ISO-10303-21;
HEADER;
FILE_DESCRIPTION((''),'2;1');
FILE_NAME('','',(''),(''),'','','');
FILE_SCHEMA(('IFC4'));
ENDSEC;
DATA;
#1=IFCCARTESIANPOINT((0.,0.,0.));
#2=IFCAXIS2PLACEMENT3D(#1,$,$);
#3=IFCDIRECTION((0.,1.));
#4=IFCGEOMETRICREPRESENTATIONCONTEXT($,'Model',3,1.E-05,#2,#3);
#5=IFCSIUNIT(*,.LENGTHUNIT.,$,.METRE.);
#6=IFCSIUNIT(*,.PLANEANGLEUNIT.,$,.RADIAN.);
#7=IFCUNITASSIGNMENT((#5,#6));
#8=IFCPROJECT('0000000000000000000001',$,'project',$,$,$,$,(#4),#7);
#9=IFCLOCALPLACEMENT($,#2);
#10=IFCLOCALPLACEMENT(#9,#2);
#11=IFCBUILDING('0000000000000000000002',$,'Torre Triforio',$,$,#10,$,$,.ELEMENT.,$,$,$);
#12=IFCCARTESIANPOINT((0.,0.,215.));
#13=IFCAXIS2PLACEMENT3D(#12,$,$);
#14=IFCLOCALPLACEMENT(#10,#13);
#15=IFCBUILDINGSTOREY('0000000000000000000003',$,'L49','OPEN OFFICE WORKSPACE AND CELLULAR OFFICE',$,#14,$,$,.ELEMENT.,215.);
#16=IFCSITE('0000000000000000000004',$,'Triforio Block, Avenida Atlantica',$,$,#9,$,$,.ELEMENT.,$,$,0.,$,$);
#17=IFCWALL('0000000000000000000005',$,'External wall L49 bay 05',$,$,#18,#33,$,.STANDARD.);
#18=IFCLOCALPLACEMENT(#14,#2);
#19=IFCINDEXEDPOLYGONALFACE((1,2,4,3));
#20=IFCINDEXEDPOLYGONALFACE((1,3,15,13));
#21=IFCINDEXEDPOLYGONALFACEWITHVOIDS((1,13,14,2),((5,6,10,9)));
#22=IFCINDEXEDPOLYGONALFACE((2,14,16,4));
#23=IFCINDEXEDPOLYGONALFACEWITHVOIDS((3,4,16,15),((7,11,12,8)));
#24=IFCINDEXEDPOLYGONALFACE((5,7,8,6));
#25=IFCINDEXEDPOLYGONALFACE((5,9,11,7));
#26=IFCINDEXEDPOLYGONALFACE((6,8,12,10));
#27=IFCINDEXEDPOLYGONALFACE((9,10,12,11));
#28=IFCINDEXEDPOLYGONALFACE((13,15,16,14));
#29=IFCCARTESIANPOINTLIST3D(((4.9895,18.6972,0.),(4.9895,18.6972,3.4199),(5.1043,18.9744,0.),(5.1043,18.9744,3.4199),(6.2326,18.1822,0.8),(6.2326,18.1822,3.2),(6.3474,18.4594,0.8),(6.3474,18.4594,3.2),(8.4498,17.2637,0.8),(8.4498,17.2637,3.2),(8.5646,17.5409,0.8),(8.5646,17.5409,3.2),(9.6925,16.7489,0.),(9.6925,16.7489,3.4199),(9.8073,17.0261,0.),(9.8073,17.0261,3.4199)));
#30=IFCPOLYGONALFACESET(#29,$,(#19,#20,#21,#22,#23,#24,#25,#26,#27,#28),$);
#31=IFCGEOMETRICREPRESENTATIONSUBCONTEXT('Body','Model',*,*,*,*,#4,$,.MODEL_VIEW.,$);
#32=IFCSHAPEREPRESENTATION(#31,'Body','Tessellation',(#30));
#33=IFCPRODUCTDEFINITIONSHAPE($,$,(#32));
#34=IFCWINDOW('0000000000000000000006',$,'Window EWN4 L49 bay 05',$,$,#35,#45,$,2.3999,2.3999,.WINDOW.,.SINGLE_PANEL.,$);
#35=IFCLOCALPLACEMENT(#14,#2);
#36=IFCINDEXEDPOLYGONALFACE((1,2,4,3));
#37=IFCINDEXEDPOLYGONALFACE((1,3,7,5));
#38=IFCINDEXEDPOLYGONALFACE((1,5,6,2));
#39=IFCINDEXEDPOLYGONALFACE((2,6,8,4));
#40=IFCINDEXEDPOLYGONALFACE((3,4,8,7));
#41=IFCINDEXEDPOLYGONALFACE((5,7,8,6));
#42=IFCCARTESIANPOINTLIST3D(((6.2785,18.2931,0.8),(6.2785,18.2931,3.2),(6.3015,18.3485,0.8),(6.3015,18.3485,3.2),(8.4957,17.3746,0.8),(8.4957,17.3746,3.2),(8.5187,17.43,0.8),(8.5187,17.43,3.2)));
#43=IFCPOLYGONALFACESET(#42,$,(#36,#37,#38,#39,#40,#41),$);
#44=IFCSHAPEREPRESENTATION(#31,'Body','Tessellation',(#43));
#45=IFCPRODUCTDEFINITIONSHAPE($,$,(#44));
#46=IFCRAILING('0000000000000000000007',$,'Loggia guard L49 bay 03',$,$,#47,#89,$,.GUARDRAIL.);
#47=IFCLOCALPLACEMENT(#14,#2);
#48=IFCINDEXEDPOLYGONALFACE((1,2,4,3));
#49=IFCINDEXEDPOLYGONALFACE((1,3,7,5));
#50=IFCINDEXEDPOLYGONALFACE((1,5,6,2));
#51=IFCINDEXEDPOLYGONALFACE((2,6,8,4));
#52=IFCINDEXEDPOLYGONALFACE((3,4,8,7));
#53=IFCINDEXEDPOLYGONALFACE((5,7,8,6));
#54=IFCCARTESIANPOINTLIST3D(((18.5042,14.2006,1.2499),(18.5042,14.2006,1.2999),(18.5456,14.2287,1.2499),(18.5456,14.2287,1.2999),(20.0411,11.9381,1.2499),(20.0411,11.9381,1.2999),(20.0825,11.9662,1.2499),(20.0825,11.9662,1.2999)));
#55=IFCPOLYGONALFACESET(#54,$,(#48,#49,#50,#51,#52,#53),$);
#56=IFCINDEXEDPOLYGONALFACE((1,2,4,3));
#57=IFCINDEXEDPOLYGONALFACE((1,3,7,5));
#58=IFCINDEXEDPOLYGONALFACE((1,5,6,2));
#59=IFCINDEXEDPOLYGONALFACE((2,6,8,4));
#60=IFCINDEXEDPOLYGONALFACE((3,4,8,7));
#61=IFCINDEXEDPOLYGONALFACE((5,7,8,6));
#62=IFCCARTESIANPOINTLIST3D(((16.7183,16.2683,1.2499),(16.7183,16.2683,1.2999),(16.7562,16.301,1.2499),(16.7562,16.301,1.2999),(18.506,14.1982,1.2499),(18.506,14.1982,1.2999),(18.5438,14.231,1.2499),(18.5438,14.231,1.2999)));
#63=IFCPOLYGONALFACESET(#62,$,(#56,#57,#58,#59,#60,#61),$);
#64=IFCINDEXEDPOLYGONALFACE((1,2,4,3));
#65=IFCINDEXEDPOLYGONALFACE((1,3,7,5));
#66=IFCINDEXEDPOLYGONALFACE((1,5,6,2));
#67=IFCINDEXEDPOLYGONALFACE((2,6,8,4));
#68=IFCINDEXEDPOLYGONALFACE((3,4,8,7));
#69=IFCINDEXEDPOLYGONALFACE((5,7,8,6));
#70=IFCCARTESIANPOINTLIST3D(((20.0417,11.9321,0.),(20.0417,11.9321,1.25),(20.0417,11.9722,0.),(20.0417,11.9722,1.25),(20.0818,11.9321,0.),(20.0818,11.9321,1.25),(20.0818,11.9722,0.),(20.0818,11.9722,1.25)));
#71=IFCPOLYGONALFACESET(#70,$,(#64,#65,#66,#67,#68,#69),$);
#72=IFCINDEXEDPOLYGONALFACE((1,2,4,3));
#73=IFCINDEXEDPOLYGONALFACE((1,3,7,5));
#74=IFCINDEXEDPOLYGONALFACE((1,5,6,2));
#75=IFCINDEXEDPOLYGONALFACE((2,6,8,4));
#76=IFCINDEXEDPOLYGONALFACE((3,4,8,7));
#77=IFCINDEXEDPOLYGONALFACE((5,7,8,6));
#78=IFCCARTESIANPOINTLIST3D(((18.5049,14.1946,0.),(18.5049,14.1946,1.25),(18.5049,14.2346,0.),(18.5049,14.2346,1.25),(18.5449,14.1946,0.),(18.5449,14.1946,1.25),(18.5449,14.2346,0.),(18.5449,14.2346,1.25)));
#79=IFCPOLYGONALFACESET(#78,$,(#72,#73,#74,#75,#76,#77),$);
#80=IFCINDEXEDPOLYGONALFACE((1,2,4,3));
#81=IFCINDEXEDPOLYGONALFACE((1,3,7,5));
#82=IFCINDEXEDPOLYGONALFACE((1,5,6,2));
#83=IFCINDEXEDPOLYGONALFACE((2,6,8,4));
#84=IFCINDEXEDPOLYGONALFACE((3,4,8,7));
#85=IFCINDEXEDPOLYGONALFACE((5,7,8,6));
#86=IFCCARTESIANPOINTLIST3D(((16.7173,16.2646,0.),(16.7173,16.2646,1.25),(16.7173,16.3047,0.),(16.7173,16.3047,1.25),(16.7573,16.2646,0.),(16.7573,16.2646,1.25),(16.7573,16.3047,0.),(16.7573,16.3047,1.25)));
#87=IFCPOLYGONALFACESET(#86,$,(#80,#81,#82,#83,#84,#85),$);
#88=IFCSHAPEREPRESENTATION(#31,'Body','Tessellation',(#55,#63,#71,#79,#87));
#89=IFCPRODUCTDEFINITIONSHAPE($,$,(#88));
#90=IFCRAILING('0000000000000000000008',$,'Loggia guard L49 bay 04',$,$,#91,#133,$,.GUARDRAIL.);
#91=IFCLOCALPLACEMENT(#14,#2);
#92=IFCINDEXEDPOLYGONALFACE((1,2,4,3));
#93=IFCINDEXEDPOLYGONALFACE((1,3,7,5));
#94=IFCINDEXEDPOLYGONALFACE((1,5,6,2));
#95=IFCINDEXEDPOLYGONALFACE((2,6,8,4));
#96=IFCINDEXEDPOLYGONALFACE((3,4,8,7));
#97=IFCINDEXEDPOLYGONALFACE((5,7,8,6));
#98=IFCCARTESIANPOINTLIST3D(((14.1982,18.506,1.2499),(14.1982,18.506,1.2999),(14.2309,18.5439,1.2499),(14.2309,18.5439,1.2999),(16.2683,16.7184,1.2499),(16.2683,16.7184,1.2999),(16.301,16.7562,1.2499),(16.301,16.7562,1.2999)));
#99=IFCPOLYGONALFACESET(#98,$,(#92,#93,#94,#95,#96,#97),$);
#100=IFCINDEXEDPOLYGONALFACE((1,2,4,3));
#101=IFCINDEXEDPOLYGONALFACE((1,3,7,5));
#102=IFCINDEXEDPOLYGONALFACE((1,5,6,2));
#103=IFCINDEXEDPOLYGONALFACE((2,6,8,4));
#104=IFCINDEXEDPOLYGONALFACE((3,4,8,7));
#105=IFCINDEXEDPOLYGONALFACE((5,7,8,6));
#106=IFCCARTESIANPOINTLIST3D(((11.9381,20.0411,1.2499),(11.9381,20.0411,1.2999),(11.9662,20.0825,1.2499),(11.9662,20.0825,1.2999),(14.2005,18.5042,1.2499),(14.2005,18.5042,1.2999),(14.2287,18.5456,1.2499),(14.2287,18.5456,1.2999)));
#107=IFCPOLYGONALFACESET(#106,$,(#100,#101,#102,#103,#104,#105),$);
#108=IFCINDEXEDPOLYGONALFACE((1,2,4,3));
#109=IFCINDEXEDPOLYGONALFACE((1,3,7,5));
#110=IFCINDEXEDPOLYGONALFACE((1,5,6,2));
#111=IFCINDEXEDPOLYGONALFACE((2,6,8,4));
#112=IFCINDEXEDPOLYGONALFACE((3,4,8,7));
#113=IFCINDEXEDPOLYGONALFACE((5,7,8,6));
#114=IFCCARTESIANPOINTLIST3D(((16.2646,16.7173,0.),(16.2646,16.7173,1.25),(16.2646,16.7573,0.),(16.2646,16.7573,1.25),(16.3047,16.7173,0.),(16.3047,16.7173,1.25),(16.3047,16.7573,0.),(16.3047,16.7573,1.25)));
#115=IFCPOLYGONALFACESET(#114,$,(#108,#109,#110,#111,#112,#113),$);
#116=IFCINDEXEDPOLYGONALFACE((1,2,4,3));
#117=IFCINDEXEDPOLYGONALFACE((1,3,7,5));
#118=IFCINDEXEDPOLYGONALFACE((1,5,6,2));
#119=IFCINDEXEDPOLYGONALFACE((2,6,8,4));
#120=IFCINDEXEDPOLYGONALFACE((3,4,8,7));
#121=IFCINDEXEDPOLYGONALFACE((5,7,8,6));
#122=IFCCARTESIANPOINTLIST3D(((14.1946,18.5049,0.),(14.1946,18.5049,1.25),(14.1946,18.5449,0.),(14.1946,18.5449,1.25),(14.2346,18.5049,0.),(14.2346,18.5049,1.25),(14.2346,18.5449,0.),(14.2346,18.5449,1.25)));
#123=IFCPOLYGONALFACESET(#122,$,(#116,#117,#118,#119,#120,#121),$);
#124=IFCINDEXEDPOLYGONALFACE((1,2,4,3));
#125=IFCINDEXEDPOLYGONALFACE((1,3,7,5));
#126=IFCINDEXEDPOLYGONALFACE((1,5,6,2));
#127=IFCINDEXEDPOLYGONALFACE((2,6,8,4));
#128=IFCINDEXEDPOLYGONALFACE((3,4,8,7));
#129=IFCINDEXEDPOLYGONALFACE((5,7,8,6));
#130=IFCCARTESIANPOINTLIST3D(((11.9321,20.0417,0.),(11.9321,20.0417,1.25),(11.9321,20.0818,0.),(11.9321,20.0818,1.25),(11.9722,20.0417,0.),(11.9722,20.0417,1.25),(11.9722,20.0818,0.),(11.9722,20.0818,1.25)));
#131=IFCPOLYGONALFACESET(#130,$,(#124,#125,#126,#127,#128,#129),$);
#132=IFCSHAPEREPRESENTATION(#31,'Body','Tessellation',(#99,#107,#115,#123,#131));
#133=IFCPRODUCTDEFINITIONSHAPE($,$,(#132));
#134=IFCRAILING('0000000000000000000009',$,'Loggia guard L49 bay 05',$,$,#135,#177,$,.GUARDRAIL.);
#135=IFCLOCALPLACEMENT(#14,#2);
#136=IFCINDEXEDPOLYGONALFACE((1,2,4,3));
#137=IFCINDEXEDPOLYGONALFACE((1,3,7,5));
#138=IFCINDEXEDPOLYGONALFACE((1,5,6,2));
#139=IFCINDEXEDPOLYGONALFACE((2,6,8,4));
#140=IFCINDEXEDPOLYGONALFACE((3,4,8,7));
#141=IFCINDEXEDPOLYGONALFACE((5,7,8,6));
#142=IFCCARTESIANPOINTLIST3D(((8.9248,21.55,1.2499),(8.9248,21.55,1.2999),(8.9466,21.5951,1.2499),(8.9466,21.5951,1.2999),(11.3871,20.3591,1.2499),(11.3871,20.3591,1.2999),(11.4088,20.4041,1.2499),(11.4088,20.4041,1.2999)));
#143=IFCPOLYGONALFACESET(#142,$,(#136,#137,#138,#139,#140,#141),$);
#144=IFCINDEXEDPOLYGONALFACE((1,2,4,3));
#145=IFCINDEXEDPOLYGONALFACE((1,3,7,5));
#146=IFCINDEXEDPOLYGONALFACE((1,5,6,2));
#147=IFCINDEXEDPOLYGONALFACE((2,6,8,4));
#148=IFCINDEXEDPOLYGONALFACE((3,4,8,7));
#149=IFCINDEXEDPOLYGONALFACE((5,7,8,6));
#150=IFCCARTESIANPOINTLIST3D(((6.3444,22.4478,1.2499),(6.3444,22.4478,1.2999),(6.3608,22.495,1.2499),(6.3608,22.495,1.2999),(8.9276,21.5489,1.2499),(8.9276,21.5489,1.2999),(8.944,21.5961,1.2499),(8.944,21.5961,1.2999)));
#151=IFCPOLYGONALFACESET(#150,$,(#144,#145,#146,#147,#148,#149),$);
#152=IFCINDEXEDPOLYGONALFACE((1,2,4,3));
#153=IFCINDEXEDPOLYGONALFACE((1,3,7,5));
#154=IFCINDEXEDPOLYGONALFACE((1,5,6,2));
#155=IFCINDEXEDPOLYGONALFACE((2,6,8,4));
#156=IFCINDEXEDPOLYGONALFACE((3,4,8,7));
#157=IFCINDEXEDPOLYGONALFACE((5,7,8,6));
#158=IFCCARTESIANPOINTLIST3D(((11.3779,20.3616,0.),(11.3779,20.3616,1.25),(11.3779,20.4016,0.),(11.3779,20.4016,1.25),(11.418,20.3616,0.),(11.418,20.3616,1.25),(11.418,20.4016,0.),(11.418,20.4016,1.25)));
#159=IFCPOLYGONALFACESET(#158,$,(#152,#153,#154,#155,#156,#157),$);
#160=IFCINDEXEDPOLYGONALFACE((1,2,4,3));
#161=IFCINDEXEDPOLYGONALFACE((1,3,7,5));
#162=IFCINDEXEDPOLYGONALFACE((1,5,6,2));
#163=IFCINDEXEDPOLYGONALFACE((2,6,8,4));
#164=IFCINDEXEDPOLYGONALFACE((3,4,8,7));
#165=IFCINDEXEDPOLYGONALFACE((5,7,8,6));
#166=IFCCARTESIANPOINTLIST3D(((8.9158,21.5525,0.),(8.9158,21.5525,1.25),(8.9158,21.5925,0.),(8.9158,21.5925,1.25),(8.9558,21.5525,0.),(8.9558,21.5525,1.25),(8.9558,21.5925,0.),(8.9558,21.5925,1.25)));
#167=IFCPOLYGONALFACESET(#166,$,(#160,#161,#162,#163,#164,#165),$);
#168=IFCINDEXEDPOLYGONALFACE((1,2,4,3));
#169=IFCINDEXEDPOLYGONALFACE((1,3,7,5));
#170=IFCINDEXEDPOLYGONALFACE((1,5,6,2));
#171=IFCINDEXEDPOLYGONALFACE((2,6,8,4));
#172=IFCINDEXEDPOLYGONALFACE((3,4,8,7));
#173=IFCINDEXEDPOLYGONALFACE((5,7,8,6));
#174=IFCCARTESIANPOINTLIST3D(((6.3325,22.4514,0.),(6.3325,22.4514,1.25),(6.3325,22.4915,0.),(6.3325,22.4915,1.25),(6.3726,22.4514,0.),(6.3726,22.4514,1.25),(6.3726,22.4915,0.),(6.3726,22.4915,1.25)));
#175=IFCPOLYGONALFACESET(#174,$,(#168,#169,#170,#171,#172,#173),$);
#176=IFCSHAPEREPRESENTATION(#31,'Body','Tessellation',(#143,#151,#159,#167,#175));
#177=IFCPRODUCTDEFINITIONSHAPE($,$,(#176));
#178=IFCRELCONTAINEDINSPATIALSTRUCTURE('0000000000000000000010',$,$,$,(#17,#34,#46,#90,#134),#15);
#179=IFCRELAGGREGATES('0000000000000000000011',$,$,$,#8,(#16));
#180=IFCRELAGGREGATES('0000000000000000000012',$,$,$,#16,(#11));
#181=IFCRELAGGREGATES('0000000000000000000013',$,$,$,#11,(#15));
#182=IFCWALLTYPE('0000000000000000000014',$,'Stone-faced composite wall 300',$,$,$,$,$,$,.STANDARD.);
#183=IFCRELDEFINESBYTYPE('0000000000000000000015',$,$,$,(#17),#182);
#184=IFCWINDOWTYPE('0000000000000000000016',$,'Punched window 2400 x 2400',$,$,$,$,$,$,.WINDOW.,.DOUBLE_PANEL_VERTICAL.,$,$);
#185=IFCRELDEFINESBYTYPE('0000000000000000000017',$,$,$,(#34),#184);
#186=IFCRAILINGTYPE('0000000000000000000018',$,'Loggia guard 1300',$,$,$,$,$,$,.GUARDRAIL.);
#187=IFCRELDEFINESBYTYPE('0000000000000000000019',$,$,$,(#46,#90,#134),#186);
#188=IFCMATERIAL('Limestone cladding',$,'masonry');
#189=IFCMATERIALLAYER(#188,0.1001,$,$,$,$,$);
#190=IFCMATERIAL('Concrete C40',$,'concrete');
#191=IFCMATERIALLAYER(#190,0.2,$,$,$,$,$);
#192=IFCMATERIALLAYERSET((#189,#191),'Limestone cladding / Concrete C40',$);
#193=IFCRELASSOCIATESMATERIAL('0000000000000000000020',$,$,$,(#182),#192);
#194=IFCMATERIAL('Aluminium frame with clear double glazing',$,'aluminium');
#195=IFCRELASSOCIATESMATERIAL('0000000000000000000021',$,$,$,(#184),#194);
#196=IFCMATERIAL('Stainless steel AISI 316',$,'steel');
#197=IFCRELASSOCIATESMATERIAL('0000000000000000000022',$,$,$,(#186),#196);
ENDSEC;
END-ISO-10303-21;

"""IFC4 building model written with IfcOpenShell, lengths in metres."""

from ifc_helpers import new_model, si_unit, direction, frame, frame_2d, origin, origin_2d, place, context, subcontext, project, spatial, rectangle, extrude, material, layer, layer_set, type_object, element, fill, save


model = new_model("IFC4")

# Units and contexts
model_context = context("Model", 3, precision=1e-05, world=origin(), true_north=direction((0.0, 1.0)))
body_context = subcontext(model_context, "Body", "Model", "MODEL_VIEW")
ifc_project = project(units=[si_unit("LENGTHUNIT", "METRE"), si_unit("PLANEANGLEUNIT", "RADIAN")], contexts=[model_context])

# Site, building, storey
site_placement = place(None, origin())
site = spatial("IfcSite", under=ifc_project, at=site_placement, Name="Triforio Block, Avenida Atlantica", CompositionType="ELEMENT", RefElevation=0.0)
building_placement = place(site_placement, origin())
building = spatial("IfcBuilding", under=site, at=building_placement, Name="Torre Triforio", CompositionType="ELEMENT")
storey_placement = place(building_placement, frame((0.0, 0.0, 215.0)))
storey = spatial("IfcBuildingStorey", under=building, at=storey_placement, Name="L49", Description="OPEN OFFICE WORKSPACE AND CELLULAR OFFICE", CompositionType="ELEMENT", Elevation=215.0)

# Shared definitions
ifc_material_1 = material(Name="Concrete C40", Category="concrete")

# Shared definitions
ifc_material_2 = material(Name="Limestone cladding", Category="masonry")

# Shared definitions
ifc_layer_1 = layer(ifc_material_2, 0.1001)
ifc_layer_2 = layer(ifc_material_1, 0.2)
ifc_layer_set_1 = layer_set([ifc_layer_1, ifc_layer_2], Name="Limestone cladding / Concrete C40")
wall_type_1 = type_object("IfcWallType", Name="Stone-faced composite wall 300", PredefinedType="STANDARD", material=ifc_layer_set_1)
ifc_material_3 = material(Name="Aluminium frame with clear double glazing", Category="aluminium")
window_type_1 = type_object("IfcWindowType", Name="Punched window 2400 x 2400", PartitioningType="DOUBLE_PANEL_VERTICAL", PredefinedType="WINDOW", material=ifc_material_3)

# Wall, opening, window
wall_1_placement = place(storey_placement, frame((9.75, 16.8875, 0.0), z_axis=(0.0, 0.0, 1.0), x_axis=(-0.923863, 0.382725, 0.0)))
wall_1 = element("IfcWall", 1, at=wall_1_placement, inside=storey, type_object=wall_type_1, Name="External wall L49 bay 05", PredefinedType="STANDARD", context=body_context, shape_type="SweptSolid", body=[
    extrude(rectangle(XDim=5.0906, YDim=0.3, at=frame_2d((2.5454, 0.0))), origin(), (0.0, 0.0, 1.0), 3.4199),
])
opening_1_placement = place(wall_1_placement, frame((1.3452, 0.0, 0.8)))
opening_1 = element("IfcOpeningElement", 2, at=opening_1_placement, cuts=wall_1, PredefinedType="OPENING", context=body_context, shape_type="SweptSolid", body=[
    extrude(rectangle(XDim=2.3999, YDim=2.3999, at=frame_2d((1.2, 1.2))), frame((0.0, 0.1599, 0.0), z_axis=(0.0, -1.0, 0.0), x_axis=(1.0, 0.0, 0.0)), (0.0, 0.0, 1.0), 0.3201),
])
window_1_placement = place(opening_1_placement, origin())
window_1 = element("IfcWindow", 3, at=window_1_placement, inside=storey, type_object=window_type_1, Name="Window EWN4 L49 bay 05", OverallHeight=2.3999, OverallWidth=2.3999, PartitioningType="SINGLE_PANEL", PredefinedType="WINDOW", context=body_context, shape_type="SweptSolid", body=[
    extrude(rectangle(XDim=2.3999, YDim=2.3999, at=frame_2d((1.2, 1.2))), frame((0.0, 0.03, 0.0), z_axis=(0.0, -1.0, 0.0), x_axis=(1.0, 0.0, 0.0)), (0.0, 0.0, 1.0), 0.0601),
])
fill(opening_1, window_1)

# Railings
ifc_material_4 = material(Name="Stainless steel AISI 316", Category="steel")
railing_type = type_object("IfcRailingType", Name="Loggia guard 1300", PredefinedType="GUARDRAIL", material=ifc_material_4)
railing_1_placement = place(storey_placement, frame((20.0618, 11.9521, 0.0)))
element("IfcRailing", 4, at=railing_1_placement, inside=storey, type_object=railing_type, Name="Loggia guard L49 bay 03", PredefinedType="GUARDRAIL", context=body_context, shape_type="SweptSolid", body=[
    extrude(rectangle(XDim=0.05, YDim=0.05, at=origin_2d()), frame((0.0, 0.0, 1.2749), z_axis=(-0.56191, 0.827199, 0.0), x_axis=(-0.827199, -0.56191, 0.0)), (0.0, 0.0, 1.0), 2.7351),
    extrude(rectangle(XDim=0.05, YDim=0.05, at=origin_2d()), frame((-1.5369, 2.2625, 1.2749), z_axis=(-0.65358, 0.756857, 0.0), x_axis=(-0.756857, -0.65358, 0.0)), (0.0, 0.0, 1.0), 2.7351),
    extrude(rectangle(XDim=0.04, YDim=0.04, at=origin_2d()), origin(), (0.0, 0.0, 1.0), 1.25),
    extrude(rectangle(XDim=0.04, YDim=0.04, at=origin_2d()), frame((-1.5369, 2.2625, 0.0)), (0.0, 0.0, 1.0), 1.25),
    extrude(rectangle(XDim=0.04, YDim=0.04, at=origin_2d()), frame((-3.3245, 4.3325, 0.0)), (0.0, 0.0, 1.0), 1.25),
])
railing_2_placement = place(storey_placement, frame((16.2847, 16.7373, 0.0)))
element("IfcRailing", 5, at=railing_2_placement, inside=storey, type_object=railing_type, Name="Loggia guard L49 bay 04", PredefinedType="GUARDRAIL", context=body_context, shape_type="SweptSolid", body=[
    extrude(rectangle(XDim=0.05, YDim=0.05, at=origin_2d()), frame((0.0, 0.0, 1.2749), z_axis=(-0.756857, 0.65358, 0.0), x_axis=(-0.65358, -0.756857, 0.0)), (0.0, 0.0, 1.0), 2.7351),
    extrude(rectangle(XDim=0.05, YDim=0.05, at=origin_2d()), frame((-2.0701, 1.7876, 1.2749), z_axis=(-0.827199, 0.56191, 0.0), x_axis=(-0.56191, -0.827199, 0.0)), (0.0, 0.0, 1.0), 2.7351),
    extrude(rectangle(XDim=0.04, YDim=0.04, at=origin_2d()), origin(), (0.0, 0.0, 1.0), 1.25),
    extrude(rectangle(XDim=0.04, YDim=0.04, at=origin_2d()), frame((-2.0701, 1.7876, 0.0)), (0.0, 0.0, 1.0), 1.25),
    extrude(rectangle(XDim=0.04, YDim=0.04, at=origin_2d()), frame((-4.3325, 3.3245, 0.0)), (0.0, 0.0, 1.0), 1.25),
])
railing_3_placement = place(storey_placement, frame((11.3979, 20.3816, 0.0)))
element("IfcRailing", 6, at=railing_3_placement, inside=storey, type_object=railing_type, Name="Loggia guard L49 bay 05", PredefinedType="GUARDRAIL", context=body_context, shape_type="SweptSolid", body=[
    extrude(rectangle(XDim=0.05, YDim=0.05, at=origin_2d()), frame((0.0, 0.0, 1.2749), z_axis=(-0.900224, 0.435428, 0.0), x_axis=(-0.435428, -0.900224, 0.0)), (0.0, 0.0, 1.0), 2.7351),
    extrude(rectangle(XDim=0.05, YDim=0.05, at=origin_2d()), frame((-2.4622, 1.1909, 1.2749), z_axis=(-0.944451, 0.328652, 0.0), x_axis=(-0.328652, -0.944451, 0.0)), (0.0, 0.0, 1.0), 2.7351),
    extrude(rectangle(XDim=0.04, YDim=0.04, at=origin_2d()), origin(), (0.0, 0.0, 1.0), 1.25),
    extrude(rectangle(XDim=0.04, YDim=0.04, at=origin_2d()), frame((-2.4622, 1.1909, 0.0)), (0.0, 0.0, 1.0), 1.25),
    extrude(rectangle(XDim=0.04, YDim=0.04, at=origin_2d()), frame((-5.0454, 2.0898, 0.0)), (0.0, 0.0, 1.0), 1.25),
])

save(model, "model.ifc")
